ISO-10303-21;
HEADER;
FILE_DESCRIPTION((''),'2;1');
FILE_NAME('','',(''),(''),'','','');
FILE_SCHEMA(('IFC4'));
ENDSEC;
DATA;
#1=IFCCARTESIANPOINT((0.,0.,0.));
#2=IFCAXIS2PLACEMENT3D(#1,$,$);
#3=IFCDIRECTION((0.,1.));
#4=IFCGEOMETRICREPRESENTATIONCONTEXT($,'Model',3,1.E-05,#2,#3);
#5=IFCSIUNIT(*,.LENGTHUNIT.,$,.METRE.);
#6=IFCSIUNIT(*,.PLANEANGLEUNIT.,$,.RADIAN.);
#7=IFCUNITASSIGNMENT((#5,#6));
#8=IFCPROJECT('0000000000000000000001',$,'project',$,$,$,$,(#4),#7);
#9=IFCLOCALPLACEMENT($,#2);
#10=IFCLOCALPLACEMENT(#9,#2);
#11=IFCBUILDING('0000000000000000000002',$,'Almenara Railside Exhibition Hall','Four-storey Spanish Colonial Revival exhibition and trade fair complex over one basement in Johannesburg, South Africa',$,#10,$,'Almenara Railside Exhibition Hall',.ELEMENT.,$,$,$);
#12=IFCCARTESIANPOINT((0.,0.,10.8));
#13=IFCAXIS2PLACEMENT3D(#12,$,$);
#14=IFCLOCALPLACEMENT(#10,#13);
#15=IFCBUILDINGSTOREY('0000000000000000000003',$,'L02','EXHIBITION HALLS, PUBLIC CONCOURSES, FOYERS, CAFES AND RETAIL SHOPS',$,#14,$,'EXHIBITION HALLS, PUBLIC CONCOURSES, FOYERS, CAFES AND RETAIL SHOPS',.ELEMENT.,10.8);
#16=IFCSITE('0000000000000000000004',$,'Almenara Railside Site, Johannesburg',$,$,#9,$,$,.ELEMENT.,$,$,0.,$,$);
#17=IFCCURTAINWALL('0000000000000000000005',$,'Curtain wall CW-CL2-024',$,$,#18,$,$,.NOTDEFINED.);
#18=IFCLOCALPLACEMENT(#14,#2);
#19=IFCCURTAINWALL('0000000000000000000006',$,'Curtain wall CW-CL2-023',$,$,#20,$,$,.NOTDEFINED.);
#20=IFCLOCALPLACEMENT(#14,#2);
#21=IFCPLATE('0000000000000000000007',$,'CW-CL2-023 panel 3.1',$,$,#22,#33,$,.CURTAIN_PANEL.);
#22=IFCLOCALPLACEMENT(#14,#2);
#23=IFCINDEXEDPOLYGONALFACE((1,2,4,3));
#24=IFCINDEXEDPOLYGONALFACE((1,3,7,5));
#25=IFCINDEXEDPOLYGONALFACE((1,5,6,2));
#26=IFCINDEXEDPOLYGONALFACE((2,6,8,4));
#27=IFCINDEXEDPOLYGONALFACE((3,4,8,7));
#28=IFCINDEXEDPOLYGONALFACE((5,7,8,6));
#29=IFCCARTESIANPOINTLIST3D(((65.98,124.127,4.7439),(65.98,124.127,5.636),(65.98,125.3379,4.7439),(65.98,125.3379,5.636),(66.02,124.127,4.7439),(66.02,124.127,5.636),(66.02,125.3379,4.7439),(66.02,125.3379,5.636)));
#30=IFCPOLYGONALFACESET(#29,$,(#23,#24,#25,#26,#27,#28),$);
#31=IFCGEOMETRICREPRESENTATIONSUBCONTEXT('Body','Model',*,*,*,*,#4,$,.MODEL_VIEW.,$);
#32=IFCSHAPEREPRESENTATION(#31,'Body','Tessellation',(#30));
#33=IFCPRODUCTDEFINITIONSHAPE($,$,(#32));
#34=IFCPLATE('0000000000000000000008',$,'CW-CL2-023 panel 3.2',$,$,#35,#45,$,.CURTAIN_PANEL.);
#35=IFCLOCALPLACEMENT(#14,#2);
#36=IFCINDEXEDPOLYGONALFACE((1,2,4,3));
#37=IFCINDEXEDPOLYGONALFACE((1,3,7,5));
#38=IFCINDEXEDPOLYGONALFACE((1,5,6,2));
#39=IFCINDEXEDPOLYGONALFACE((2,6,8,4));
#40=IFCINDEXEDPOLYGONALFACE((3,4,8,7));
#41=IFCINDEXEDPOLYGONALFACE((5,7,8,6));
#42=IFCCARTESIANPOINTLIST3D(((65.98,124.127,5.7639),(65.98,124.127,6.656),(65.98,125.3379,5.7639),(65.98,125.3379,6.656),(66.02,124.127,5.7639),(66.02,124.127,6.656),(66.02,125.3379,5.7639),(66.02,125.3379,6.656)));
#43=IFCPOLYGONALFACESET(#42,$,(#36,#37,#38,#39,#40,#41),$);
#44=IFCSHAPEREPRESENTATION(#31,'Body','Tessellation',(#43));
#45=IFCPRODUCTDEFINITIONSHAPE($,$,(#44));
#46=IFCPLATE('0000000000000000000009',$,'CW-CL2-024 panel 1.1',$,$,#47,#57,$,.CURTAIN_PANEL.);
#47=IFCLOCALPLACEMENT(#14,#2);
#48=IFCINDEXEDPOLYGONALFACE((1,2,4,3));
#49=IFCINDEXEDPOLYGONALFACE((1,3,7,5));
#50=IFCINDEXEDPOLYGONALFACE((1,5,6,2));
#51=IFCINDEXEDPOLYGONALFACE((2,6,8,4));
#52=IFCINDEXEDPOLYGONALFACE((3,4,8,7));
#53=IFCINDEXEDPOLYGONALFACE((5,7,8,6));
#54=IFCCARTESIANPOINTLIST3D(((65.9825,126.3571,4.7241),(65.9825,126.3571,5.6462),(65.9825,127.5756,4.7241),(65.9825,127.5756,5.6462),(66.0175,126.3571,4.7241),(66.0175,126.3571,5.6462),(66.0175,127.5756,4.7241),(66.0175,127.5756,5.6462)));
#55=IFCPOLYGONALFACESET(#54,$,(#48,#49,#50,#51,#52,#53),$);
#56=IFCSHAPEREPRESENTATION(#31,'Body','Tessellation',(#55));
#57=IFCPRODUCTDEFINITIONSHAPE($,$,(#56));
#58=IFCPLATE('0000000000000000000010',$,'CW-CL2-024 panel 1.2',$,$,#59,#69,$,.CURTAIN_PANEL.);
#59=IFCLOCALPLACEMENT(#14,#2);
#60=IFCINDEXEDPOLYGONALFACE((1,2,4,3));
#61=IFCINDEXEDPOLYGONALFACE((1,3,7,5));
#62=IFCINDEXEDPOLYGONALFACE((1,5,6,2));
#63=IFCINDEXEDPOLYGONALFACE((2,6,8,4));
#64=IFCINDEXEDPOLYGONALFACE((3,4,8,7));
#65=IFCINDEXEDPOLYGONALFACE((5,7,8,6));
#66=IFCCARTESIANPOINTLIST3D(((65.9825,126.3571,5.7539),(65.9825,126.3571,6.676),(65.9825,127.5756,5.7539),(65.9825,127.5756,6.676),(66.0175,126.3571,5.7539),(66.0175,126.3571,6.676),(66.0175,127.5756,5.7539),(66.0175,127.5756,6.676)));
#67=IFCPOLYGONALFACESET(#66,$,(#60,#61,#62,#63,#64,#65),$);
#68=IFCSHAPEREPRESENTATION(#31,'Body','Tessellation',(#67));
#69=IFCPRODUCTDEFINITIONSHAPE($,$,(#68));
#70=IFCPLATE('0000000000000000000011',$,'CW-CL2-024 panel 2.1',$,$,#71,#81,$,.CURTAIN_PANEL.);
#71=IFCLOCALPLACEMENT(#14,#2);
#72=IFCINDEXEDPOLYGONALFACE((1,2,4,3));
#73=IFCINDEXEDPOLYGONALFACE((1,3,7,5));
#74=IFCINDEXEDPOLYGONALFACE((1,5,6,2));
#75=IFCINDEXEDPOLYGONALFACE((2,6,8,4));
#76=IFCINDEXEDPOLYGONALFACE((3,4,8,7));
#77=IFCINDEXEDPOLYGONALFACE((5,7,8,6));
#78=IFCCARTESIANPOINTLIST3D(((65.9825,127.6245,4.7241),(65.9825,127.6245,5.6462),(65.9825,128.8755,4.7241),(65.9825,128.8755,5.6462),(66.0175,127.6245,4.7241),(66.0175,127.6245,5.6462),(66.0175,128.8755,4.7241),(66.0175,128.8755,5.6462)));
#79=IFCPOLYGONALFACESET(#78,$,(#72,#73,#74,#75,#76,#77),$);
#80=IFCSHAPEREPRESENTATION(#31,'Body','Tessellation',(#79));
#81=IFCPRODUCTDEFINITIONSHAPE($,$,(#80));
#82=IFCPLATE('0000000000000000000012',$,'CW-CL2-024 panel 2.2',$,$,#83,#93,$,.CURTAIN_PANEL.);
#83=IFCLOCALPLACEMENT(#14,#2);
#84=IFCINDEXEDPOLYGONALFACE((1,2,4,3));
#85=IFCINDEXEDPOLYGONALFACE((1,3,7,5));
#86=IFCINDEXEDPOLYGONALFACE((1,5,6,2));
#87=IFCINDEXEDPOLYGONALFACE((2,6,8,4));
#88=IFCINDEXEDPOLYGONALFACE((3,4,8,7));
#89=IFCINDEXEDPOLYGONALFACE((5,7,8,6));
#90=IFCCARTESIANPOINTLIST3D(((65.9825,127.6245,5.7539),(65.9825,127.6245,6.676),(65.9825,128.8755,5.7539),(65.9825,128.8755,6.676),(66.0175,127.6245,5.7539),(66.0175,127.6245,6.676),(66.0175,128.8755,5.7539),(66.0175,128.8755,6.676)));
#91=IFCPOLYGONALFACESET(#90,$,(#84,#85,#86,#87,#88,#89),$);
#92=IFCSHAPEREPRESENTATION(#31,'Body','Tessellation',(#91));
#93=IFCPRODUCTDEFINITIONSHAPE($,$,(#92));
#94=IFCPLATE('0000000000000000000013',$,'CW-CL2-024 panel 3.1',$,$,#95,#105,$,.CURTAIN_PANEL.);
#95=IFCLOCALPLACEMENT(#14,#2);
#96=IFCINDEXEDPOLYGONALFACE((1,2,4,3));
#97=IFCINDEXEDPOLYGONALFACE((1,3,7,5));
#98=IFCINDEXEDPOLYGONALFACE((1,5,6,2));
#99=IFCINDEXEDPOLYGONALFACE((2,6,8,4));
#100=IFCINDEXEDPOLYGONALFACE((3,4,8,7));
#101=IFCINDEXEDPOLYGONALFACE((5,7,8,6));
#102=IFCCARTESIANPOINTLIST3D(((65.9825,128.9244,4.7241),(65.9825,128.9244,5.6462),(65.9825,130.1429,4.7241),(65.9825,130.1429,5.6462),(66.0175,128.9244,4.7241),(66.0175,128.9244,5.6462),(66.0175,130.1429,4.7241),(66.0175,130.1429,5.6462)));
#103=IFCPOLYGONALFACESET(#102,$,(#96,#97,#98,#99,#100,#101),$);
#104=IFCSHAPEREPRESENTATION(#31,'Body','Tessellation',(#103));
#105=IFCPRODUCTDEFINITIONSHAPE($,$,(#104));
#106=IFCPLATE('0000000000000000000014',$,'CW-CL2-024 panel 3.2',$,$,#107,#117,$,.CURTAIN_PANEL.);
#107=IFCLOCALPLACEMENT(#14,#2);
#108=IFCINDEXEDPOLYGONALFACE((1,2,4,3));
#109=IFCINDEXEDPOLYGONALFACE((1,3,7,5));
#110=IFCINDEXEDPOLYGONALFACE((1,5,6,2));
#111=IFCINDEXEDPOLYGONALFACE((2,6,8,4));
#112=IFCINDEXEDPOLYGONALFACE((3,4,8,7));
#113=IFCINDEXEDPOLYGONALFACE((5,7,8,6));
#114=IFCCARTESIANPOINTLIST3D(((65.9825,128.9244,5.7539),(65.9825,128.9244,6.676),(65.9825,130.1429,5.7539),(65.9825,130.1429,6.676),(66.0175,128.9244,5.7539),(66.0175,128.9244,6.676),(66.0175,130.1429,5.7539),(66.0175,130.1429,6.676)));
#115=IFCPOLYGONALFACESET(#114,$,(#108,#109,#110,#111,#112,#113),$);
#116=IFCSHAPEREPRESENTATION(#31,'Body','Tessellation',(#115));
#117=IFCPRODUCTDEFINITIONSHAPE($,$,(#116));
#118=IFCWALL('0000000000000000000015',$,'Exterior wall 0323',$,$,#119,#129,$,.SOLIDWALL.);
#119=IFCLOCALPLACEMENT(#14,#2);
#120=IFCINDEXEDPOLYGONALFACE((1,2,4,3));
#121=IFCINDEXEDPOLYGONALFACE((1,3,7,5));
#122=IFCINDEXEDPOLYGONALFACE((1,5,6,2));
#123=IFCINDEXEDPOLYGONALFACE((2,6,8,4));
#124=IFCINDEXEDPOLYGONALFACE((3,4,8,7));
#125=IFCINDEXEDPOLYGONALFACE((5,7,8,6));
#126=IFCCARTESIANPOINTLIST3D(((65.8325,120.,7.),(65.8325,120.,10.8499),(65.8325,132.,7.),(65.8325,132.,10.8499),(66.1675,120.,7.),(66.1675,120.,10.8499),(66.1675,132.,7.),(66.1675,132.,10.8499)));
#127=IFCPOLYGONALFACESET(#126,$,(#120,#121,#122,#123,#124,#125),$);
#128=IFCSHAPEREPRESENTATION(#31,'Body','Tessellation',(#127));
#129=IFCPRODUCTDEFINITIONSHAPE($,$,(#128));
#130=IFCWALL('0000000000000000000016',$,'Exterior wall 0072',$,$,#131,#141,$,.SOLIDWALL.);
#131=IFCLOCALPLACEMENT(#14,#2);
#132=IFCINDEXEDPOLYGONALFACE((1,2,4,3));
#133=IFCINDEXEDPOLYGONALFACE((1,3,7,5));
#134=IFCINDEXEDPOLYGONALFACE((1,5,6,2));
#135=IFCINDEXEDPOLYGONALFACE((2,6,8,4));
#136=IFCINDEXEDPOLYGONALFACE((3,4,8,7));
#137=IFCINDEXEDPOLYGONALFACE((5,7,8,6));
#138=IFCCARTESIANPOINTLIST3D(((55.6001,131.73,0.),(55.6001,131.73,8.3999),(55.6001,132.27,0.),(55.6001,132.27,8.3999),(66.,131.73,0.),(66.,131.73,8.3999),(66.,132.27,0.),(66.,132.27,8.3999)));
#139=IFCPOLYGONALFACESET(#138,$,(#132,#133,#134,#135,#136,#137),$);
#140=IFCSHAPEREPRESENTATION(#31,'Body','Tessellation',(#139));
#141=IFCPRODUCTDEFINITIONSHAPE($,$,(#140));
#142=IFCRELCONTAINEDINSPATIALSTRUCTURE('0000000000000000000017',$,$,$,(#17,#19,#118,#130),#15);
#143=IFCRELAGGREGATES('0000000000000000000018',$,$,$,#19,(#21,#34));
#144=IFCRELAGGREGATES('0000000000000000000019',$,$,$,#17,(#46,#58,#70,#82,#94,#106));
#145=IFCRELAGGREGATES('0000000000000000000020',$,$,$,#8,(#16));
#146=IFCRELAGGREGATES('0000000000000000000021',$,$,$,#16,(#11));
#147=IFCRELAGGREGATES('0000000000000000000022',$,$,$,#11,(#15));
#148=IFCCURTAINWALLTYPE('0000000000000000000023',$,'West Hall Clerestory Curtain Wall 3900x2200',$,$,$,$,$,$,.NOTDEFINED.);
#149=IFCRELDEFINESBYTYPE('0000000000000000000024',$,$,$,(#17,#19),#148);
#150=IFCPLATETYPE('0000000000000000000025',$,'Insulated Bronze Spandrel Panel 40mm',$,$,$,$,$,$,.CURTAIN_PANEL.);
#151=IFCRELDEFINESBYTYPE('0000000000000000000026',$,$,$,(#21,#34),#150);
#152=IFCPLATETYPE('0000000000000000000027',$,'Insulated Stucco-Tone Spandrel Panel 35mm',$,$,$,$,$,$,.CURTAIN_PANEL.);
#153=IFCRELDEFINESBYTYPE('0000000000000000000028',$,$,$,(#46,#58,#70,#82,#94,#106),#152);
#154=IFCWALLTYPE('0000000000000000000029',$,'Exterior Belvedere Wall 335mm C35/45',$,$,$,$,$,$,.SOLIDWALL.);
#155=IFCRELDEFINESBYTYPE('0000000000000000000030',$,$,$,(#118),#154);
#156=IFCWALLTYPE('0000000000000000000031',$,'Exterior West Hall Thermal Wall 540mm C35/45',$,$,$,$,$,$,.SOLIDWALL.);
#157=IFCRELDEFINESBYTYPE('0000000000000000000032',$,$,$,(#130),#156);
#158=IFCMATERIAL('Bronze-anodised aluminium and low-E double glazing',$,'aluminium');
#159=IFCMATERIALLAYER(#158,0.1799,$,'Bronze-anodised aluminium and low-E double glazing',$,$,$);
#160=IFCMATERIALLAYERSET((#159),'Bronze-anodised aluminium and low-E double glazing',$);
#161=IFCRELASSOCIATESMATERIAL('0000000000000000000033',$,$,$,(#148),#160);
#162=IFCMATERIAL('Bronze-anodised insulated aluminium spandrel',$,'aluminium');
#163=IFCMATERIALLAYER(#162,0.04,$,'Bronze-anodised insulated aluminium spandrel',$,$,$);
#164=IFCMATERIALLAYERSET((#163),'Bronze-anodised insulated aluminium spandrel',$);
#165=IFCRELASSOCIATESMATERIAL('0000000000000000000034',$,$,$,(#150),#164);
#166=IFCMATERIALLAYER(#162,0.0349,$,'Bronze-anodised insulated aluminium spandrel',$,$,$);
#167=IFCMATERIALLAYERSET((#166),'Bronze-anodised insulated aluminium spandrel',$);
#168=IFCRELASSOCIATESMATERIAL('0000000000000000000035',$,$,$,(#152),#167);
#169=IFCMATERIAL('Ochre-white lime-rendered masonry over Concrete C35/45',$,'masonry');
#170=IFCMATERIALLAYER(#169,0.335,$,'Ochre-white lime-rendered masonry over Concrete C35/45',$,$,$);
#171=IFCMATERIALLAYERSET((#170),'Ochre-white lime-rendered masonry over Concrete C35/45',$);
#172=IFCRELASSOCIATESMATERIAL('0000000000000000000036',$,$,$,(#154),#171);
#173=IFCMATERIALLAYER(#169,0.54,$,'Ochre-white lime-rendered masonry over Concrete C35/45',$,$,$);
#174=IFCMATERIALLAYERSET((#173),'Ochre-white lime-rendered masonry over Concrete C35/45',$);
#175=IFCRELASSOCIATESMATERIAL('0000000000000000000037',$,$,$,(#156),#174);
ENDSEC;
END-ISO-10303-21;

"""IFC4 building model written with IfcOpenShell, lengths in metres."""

from ifc_helpers import new_model, si_unit, direction, frame, frame_2d, origin, origin_2d, place, context, subcontext, project, spatial, rectangle, extrude, material, layer, layer_set, type_object, element, aggregate, save


model = new_model("IFC4")

# Units and contexts
model_context = context("Model", 3, precision=1e-05, world=origin(), true_north=direction((0.0, 1.0)))
body_context = subcontext(model_context, "Body", "Model", "MODEL_VIEW")
ifc_project = project(units=[si_unit("LENGTHUNIT", "METRE"), si_unit("PLANEANGLEUNIT", "RADIAN")], contexts=[model_context])

# Site, building, storey
site_placement = place(None, origin())
site = spatial("IfcSite", under=ifc_project, at=site_placement, Name="Almenara Railside Site, Johannesburg", CompositionType="ELEMENT", RefElevation=0.0)
building_placement = place(site_placement, origin())
building = spatial("IfcBuilding", under=site, at=building_placement, Name="Almenara Railside Exhibition Hall", Description="Four-storey Spanish Colonial Revival exhibition and trade fair complex over one basement in Johannesburg, South Africa", LongName="Almenara Railside Exhibition Hall", CompositionType="ELEMENT")
storey_placement = place(building_placement, frame((0.0, 0.0, 10.8)))
storey = spatial("IfcBuildingStorey", under=building, at=storey_placement, Name="L02", Description="EXHIBITION HALLS, PUBLIC CONCOURSES, FOYERS, CAFES AND RETAIL SHOPS", LongName="EXHIBITION HALLS, PUBLIC CONCOURSES, FOYERS, CAFES AND RETAIL SHOPS", CompositionType="ELEMENT", Elevation=10.8)

# Curtain walls
ifc_material_1 = material(Name="Bronze-anodised aluminium and low-E double glazing", Category="aluminium")
ifc_layer_1 = layer(ifc_material_1, 0.1799, Name="Bronze-anodised aluminium and low-E double glazing")
ifc_layer_set_1 = layer_set([ifc_layer_1], Name="Bronze-anodised aluminium and low-E double glazing")
curtain_wall_type = type_object("IfcCurtainWallType", Name="West Hall Clerestory Curtain Wall 3900x2200", PredefinedType="NOTDEFINED", material=ifc_layer_set_1)
curtain_wall_1_placement = place(storey_placement, origin())
curtain_wall_1 = element("IfcCurtainWall", 1, at=curtain_wall_1_placement, inside=storey, type_object=curtain_wall_type, Name="Curtain wall CW-CL2-024", PredefinedType="NOTDEFINED")
curtain_wall_2_placement = place(storey_placement, origin())
curtain_wall_2 = element("IfcCurtainWall", 2, at=curtain_wall_2_placement, inside=storey, type_object=curtain_wall_type, Name="Curtain wall CW-CL2-023", PredefinedType="NOTDEFINED")

# Plates
ifc_material_2 = material(Name="Bronze-anodised insulated aluminium spandrel", Category="aluminium")
ifc_layer_2 = layer(ifc_material_2, 0.04, Name="Bronze-anodised insulated aluminium spandrel")
ifc_layer_set_2 = layer_set([ifc_layer_2], Name="Bronze-anodised insulated aluminium spandrel")
plate_type_1 = type_object("IfcPlateType", Name="Insulated Bronze Spandrel Panel 40mm", PredefinedType="CURTAIN_PANEL", material=ifc_layer_set_2)
plate_1_placement = place(storey_placement, frame((66.0, 124.7324, 4.7439), z_axis=(0.0, 0.0, 1.0), x_axis=(0.0, 1.0, 0.0)))
plate_1 = element("IfcPlate", 3, at=plate_1_placement, type_object=plate_type_1, Name="CW-CL2-023 panel 3.1", PredefinedType="CURTAIN_PANEL", context=body_context, shape_type="SweptSolid", body=[
    extrude(rectangle(XDim=1.2109, YDim=0.04, at=origin_2d()), origin(), (0.0, 0.0, 1.0), 0.8921),
])
plate_2_placement = place(storey_placement, frame((66.0, 124.7324, 5.7639), z_axis=(0.0, 0.0, 1.0), x_axis=(0.0, 1.0, 0.0)))
plate_2 = element("IfcPlate", 4, at=plate_2_placement, type_object=plate_type_1, Name="CW-CL2-023 panel 3.2", PredefinedType="CURTAIN_PANEL", context=body_context, shape_type="SweptSolid", body=[
    extrude(rectangle(XDim=1.2109, YDim=0.04, at=origin_2d()), origin(), (0.0, 0.0, 1.0), 0.8921),
])
aggregate(curtain_wall_2, [plate_1, plate_2])
ifc_layer_3 = layer(ifc_material_2, 0.0349, Name="Bronze-anodised insulated aluminium spandrel")
ifc_layer_set_3 = layer_set([ifc_layer_3], Name="Bronze-anodised insulated aluminium spandrel")
plate_type_2 = type_object("IfcPlateType", Name="Insulated Stucco-Tone Spandrel Panel 35mm", PredefinedType="CURTAIN_PANEL", material=ifc_layer_set_3)
plate_3_placement = place(storey_placement, frame((66.0, 126.9663, 4.7241), z_axis=(0.0, 0.0, 1.0), x_axis=(0.0, 1.0, 0.0)))
plate_3 = element("IfcPlate", 5, at=plate_3_placement, type_object=plate_type_2, Name="CW-CL2-024 panel 1.1", PredefinedType="CURTAIN_PANEL", context=body_context, shape_type="SweptSolid", body=[
    extrude(rectangle(XDim=1.2185, YDim=0.0349, at=origin_2d()), origin(), (0.0, 0.0, 1.0), 0.9221),
])
plate_4_placement = place(storey_placement, frame((66.0, 126.9663, 5.7539), z_axis=(0.0, 0.0, 1.0), x_axis=(0.0, 1.0, 0.0)))
plate_4 = element("IfcPlate", 6, at=plate_4_placement, type_object=plate_type_2, Name="CW-CL2-024 panel 1.2", PredefinedType="CURTAIN_PANEL", context=body_context, shape_type="SweptSolid", body=[
    extrude(rectangle(XDim=1.2185, YDim=0.0349, at=origin_2d()), origin(), (0.0, 0.0, 1.0), 0.9221),
])
plate_5_placement = place(storey_placement, frame((66.0, 128.25, 4.7241), z_axis=(0.0, 0.0, 1.0), x_axis=(0.0, 1.0, 0.0)))
plate_5 = element("IfcPlate", 7, at=plate_5_placement, type_object=plate_type_2, Name="CW-CL2-024 panel 2.1", PredefinedType="CURTAIN_PANEL", context=body_context, shape_type="SweptSolid", body=[
    extrude(rectangle(XDim=1.251, YDim=0.0349, at=origin_2d()), origin(), (0.0, 0.0, 1.0), 0.9221),
])
plate_6_placement = place(storey_placement, frame((66.0, 128.25, 5.7539), z_axis=(0.0, 0.0, 1.0), x_axis=(0.0, 1.0, 0.0)))
plate_6 = element("IfcPlate", 8, at=plate_6_placement, type_object=plate_type_2, Name="CW-CL2-024 panel 2.2", PredefinedType="CURTAIN_PANEL", context=body_context, shape_type="SweptSolid", body=[
    extrude(rectangle(XDim=1.251, YDim=0.0349, at=origin_2d()), origin(), (0.0, 0.0, 1.0), 0.9221),
])
plate_7_placement = place(storey_placement, frame((66.0, 129.5337, 4.7241), z_axis=(0.0, 0.0, 1.0), x_axis=(0.0, 1.0, 0.0)))
plate_7 = element("IfcPlate", 9, at=plate_7_placement, type_object=plate_type_2, Name="CW-CL2-024 panel 3.1", PredefinedType="CURTAIN_PANEL", context=body_context, shape_type="SweptSolid", body=[
    extrude(rectangle(XDim=1.2185, YDim=0.0349, at=origin_2d()), origin(), (0.0, 0.0, 1.0), 0.9221),
])
plate_8_placement = place(storey_placement, frame((66.0, 129.5337, 5.7539), z_axis=(0.0, 0.0, 1.0), x_axis=(0.0, 1.0, 0.0)))
plate_8 = element("IfcPlate", 10, at=plate_8_placement, type_object=plate_type_2, Name="CW-CL2-024 panel 3.2", PredefinedType="CURTAIN_PANEL", context=body_context, shape_type="SweptSolid", body=[
    extrude(rectangle(XDim=1.2185, YDim=0.0349, at=origin_2d()), origin(), (0.0, 0.0, 1.0), 0.9221),
])
aggregate(curtain_wall_1, [plate_3, plate_4, plate_5, plate_6, plate_7, plate_8])

# Walls
ifc_material_3 = material(Name="Ochre-white lime-rendered masonry over Concrete C35/45", Category="masonry")
ifc_layer_4 = layer(ifc_material_3, 0.335, Name="Ochre-white lime-rendered masonry over Concrete C35/45")
ifc_layer_set_4 = layer_set([ifc_layer_4], Name="Ochre-white lime-rendered masonry over Concrete C35/45")
wall_type_1 = type_object("IfcWallType", Name="Exterior Belvedere Wall 335mm C35/45", PredefinedType="SOLIDWALL", material=ifc_layer_set_4)
wall_1_placement = place(storey_placement, frame((66.0, 120.0, 7.0), z_axis=(0.0, 0.0, 1.0), x_axis=(0.0, 1.0, 0.0)))
element("IfcWall", 11, at=wall_1_placement, inside=storey, type_object=wall_type_1, Name="Exterior wall 0323", PredefinedType="SOLIDWALL", context=body_context, shape_type="SweptSolid", body=[
    extrude(rectangle(XDim=12.0, YDim=0.335, at=frame_2d((6.0, 0.0))), origin(), (0.0, 0.0, 1.0), 3.8499),
])
ifc_layer_5 = layer(ifc_material_3, 0.54, Name="Ochre-white lime-rendered masonry over Concrete C35/45")
ifc_layer_set_5 = layer_set([ifc_layer_5], Name="Ochre-white lime-rendered masonry over Concrete C35/45")
wall_type_2 = type_object("IfcWallType", Name="Exterior West Hall Thermal Wall 540mm C35/45", PredefinedType="SOLIDWALL", material=ifc_layer_set_5)
wall_2_placement = place(storey_placement, frame((66.0, 132.0, 0.0), z_axis=(0.0, 0.0, 1.0), x_axis=(-1.0, 0.0, 0.0)))
element("IfcWall", 12, at=wall_2_placement, inside=storey, type_object=wall_type_2, Name="Exterior wall 0072", PredefinedType="SOLIDWALL", context=body_context, shape_type="SweptSolid", body=[
    extrude(rectangle(XDim=10.3999, YDim=0.54, at=frame_2d((5.2, 0.0))), origin(), (0.0, 0.0, 1.0), 8.3999),
])

save(model, "model.ifc")
